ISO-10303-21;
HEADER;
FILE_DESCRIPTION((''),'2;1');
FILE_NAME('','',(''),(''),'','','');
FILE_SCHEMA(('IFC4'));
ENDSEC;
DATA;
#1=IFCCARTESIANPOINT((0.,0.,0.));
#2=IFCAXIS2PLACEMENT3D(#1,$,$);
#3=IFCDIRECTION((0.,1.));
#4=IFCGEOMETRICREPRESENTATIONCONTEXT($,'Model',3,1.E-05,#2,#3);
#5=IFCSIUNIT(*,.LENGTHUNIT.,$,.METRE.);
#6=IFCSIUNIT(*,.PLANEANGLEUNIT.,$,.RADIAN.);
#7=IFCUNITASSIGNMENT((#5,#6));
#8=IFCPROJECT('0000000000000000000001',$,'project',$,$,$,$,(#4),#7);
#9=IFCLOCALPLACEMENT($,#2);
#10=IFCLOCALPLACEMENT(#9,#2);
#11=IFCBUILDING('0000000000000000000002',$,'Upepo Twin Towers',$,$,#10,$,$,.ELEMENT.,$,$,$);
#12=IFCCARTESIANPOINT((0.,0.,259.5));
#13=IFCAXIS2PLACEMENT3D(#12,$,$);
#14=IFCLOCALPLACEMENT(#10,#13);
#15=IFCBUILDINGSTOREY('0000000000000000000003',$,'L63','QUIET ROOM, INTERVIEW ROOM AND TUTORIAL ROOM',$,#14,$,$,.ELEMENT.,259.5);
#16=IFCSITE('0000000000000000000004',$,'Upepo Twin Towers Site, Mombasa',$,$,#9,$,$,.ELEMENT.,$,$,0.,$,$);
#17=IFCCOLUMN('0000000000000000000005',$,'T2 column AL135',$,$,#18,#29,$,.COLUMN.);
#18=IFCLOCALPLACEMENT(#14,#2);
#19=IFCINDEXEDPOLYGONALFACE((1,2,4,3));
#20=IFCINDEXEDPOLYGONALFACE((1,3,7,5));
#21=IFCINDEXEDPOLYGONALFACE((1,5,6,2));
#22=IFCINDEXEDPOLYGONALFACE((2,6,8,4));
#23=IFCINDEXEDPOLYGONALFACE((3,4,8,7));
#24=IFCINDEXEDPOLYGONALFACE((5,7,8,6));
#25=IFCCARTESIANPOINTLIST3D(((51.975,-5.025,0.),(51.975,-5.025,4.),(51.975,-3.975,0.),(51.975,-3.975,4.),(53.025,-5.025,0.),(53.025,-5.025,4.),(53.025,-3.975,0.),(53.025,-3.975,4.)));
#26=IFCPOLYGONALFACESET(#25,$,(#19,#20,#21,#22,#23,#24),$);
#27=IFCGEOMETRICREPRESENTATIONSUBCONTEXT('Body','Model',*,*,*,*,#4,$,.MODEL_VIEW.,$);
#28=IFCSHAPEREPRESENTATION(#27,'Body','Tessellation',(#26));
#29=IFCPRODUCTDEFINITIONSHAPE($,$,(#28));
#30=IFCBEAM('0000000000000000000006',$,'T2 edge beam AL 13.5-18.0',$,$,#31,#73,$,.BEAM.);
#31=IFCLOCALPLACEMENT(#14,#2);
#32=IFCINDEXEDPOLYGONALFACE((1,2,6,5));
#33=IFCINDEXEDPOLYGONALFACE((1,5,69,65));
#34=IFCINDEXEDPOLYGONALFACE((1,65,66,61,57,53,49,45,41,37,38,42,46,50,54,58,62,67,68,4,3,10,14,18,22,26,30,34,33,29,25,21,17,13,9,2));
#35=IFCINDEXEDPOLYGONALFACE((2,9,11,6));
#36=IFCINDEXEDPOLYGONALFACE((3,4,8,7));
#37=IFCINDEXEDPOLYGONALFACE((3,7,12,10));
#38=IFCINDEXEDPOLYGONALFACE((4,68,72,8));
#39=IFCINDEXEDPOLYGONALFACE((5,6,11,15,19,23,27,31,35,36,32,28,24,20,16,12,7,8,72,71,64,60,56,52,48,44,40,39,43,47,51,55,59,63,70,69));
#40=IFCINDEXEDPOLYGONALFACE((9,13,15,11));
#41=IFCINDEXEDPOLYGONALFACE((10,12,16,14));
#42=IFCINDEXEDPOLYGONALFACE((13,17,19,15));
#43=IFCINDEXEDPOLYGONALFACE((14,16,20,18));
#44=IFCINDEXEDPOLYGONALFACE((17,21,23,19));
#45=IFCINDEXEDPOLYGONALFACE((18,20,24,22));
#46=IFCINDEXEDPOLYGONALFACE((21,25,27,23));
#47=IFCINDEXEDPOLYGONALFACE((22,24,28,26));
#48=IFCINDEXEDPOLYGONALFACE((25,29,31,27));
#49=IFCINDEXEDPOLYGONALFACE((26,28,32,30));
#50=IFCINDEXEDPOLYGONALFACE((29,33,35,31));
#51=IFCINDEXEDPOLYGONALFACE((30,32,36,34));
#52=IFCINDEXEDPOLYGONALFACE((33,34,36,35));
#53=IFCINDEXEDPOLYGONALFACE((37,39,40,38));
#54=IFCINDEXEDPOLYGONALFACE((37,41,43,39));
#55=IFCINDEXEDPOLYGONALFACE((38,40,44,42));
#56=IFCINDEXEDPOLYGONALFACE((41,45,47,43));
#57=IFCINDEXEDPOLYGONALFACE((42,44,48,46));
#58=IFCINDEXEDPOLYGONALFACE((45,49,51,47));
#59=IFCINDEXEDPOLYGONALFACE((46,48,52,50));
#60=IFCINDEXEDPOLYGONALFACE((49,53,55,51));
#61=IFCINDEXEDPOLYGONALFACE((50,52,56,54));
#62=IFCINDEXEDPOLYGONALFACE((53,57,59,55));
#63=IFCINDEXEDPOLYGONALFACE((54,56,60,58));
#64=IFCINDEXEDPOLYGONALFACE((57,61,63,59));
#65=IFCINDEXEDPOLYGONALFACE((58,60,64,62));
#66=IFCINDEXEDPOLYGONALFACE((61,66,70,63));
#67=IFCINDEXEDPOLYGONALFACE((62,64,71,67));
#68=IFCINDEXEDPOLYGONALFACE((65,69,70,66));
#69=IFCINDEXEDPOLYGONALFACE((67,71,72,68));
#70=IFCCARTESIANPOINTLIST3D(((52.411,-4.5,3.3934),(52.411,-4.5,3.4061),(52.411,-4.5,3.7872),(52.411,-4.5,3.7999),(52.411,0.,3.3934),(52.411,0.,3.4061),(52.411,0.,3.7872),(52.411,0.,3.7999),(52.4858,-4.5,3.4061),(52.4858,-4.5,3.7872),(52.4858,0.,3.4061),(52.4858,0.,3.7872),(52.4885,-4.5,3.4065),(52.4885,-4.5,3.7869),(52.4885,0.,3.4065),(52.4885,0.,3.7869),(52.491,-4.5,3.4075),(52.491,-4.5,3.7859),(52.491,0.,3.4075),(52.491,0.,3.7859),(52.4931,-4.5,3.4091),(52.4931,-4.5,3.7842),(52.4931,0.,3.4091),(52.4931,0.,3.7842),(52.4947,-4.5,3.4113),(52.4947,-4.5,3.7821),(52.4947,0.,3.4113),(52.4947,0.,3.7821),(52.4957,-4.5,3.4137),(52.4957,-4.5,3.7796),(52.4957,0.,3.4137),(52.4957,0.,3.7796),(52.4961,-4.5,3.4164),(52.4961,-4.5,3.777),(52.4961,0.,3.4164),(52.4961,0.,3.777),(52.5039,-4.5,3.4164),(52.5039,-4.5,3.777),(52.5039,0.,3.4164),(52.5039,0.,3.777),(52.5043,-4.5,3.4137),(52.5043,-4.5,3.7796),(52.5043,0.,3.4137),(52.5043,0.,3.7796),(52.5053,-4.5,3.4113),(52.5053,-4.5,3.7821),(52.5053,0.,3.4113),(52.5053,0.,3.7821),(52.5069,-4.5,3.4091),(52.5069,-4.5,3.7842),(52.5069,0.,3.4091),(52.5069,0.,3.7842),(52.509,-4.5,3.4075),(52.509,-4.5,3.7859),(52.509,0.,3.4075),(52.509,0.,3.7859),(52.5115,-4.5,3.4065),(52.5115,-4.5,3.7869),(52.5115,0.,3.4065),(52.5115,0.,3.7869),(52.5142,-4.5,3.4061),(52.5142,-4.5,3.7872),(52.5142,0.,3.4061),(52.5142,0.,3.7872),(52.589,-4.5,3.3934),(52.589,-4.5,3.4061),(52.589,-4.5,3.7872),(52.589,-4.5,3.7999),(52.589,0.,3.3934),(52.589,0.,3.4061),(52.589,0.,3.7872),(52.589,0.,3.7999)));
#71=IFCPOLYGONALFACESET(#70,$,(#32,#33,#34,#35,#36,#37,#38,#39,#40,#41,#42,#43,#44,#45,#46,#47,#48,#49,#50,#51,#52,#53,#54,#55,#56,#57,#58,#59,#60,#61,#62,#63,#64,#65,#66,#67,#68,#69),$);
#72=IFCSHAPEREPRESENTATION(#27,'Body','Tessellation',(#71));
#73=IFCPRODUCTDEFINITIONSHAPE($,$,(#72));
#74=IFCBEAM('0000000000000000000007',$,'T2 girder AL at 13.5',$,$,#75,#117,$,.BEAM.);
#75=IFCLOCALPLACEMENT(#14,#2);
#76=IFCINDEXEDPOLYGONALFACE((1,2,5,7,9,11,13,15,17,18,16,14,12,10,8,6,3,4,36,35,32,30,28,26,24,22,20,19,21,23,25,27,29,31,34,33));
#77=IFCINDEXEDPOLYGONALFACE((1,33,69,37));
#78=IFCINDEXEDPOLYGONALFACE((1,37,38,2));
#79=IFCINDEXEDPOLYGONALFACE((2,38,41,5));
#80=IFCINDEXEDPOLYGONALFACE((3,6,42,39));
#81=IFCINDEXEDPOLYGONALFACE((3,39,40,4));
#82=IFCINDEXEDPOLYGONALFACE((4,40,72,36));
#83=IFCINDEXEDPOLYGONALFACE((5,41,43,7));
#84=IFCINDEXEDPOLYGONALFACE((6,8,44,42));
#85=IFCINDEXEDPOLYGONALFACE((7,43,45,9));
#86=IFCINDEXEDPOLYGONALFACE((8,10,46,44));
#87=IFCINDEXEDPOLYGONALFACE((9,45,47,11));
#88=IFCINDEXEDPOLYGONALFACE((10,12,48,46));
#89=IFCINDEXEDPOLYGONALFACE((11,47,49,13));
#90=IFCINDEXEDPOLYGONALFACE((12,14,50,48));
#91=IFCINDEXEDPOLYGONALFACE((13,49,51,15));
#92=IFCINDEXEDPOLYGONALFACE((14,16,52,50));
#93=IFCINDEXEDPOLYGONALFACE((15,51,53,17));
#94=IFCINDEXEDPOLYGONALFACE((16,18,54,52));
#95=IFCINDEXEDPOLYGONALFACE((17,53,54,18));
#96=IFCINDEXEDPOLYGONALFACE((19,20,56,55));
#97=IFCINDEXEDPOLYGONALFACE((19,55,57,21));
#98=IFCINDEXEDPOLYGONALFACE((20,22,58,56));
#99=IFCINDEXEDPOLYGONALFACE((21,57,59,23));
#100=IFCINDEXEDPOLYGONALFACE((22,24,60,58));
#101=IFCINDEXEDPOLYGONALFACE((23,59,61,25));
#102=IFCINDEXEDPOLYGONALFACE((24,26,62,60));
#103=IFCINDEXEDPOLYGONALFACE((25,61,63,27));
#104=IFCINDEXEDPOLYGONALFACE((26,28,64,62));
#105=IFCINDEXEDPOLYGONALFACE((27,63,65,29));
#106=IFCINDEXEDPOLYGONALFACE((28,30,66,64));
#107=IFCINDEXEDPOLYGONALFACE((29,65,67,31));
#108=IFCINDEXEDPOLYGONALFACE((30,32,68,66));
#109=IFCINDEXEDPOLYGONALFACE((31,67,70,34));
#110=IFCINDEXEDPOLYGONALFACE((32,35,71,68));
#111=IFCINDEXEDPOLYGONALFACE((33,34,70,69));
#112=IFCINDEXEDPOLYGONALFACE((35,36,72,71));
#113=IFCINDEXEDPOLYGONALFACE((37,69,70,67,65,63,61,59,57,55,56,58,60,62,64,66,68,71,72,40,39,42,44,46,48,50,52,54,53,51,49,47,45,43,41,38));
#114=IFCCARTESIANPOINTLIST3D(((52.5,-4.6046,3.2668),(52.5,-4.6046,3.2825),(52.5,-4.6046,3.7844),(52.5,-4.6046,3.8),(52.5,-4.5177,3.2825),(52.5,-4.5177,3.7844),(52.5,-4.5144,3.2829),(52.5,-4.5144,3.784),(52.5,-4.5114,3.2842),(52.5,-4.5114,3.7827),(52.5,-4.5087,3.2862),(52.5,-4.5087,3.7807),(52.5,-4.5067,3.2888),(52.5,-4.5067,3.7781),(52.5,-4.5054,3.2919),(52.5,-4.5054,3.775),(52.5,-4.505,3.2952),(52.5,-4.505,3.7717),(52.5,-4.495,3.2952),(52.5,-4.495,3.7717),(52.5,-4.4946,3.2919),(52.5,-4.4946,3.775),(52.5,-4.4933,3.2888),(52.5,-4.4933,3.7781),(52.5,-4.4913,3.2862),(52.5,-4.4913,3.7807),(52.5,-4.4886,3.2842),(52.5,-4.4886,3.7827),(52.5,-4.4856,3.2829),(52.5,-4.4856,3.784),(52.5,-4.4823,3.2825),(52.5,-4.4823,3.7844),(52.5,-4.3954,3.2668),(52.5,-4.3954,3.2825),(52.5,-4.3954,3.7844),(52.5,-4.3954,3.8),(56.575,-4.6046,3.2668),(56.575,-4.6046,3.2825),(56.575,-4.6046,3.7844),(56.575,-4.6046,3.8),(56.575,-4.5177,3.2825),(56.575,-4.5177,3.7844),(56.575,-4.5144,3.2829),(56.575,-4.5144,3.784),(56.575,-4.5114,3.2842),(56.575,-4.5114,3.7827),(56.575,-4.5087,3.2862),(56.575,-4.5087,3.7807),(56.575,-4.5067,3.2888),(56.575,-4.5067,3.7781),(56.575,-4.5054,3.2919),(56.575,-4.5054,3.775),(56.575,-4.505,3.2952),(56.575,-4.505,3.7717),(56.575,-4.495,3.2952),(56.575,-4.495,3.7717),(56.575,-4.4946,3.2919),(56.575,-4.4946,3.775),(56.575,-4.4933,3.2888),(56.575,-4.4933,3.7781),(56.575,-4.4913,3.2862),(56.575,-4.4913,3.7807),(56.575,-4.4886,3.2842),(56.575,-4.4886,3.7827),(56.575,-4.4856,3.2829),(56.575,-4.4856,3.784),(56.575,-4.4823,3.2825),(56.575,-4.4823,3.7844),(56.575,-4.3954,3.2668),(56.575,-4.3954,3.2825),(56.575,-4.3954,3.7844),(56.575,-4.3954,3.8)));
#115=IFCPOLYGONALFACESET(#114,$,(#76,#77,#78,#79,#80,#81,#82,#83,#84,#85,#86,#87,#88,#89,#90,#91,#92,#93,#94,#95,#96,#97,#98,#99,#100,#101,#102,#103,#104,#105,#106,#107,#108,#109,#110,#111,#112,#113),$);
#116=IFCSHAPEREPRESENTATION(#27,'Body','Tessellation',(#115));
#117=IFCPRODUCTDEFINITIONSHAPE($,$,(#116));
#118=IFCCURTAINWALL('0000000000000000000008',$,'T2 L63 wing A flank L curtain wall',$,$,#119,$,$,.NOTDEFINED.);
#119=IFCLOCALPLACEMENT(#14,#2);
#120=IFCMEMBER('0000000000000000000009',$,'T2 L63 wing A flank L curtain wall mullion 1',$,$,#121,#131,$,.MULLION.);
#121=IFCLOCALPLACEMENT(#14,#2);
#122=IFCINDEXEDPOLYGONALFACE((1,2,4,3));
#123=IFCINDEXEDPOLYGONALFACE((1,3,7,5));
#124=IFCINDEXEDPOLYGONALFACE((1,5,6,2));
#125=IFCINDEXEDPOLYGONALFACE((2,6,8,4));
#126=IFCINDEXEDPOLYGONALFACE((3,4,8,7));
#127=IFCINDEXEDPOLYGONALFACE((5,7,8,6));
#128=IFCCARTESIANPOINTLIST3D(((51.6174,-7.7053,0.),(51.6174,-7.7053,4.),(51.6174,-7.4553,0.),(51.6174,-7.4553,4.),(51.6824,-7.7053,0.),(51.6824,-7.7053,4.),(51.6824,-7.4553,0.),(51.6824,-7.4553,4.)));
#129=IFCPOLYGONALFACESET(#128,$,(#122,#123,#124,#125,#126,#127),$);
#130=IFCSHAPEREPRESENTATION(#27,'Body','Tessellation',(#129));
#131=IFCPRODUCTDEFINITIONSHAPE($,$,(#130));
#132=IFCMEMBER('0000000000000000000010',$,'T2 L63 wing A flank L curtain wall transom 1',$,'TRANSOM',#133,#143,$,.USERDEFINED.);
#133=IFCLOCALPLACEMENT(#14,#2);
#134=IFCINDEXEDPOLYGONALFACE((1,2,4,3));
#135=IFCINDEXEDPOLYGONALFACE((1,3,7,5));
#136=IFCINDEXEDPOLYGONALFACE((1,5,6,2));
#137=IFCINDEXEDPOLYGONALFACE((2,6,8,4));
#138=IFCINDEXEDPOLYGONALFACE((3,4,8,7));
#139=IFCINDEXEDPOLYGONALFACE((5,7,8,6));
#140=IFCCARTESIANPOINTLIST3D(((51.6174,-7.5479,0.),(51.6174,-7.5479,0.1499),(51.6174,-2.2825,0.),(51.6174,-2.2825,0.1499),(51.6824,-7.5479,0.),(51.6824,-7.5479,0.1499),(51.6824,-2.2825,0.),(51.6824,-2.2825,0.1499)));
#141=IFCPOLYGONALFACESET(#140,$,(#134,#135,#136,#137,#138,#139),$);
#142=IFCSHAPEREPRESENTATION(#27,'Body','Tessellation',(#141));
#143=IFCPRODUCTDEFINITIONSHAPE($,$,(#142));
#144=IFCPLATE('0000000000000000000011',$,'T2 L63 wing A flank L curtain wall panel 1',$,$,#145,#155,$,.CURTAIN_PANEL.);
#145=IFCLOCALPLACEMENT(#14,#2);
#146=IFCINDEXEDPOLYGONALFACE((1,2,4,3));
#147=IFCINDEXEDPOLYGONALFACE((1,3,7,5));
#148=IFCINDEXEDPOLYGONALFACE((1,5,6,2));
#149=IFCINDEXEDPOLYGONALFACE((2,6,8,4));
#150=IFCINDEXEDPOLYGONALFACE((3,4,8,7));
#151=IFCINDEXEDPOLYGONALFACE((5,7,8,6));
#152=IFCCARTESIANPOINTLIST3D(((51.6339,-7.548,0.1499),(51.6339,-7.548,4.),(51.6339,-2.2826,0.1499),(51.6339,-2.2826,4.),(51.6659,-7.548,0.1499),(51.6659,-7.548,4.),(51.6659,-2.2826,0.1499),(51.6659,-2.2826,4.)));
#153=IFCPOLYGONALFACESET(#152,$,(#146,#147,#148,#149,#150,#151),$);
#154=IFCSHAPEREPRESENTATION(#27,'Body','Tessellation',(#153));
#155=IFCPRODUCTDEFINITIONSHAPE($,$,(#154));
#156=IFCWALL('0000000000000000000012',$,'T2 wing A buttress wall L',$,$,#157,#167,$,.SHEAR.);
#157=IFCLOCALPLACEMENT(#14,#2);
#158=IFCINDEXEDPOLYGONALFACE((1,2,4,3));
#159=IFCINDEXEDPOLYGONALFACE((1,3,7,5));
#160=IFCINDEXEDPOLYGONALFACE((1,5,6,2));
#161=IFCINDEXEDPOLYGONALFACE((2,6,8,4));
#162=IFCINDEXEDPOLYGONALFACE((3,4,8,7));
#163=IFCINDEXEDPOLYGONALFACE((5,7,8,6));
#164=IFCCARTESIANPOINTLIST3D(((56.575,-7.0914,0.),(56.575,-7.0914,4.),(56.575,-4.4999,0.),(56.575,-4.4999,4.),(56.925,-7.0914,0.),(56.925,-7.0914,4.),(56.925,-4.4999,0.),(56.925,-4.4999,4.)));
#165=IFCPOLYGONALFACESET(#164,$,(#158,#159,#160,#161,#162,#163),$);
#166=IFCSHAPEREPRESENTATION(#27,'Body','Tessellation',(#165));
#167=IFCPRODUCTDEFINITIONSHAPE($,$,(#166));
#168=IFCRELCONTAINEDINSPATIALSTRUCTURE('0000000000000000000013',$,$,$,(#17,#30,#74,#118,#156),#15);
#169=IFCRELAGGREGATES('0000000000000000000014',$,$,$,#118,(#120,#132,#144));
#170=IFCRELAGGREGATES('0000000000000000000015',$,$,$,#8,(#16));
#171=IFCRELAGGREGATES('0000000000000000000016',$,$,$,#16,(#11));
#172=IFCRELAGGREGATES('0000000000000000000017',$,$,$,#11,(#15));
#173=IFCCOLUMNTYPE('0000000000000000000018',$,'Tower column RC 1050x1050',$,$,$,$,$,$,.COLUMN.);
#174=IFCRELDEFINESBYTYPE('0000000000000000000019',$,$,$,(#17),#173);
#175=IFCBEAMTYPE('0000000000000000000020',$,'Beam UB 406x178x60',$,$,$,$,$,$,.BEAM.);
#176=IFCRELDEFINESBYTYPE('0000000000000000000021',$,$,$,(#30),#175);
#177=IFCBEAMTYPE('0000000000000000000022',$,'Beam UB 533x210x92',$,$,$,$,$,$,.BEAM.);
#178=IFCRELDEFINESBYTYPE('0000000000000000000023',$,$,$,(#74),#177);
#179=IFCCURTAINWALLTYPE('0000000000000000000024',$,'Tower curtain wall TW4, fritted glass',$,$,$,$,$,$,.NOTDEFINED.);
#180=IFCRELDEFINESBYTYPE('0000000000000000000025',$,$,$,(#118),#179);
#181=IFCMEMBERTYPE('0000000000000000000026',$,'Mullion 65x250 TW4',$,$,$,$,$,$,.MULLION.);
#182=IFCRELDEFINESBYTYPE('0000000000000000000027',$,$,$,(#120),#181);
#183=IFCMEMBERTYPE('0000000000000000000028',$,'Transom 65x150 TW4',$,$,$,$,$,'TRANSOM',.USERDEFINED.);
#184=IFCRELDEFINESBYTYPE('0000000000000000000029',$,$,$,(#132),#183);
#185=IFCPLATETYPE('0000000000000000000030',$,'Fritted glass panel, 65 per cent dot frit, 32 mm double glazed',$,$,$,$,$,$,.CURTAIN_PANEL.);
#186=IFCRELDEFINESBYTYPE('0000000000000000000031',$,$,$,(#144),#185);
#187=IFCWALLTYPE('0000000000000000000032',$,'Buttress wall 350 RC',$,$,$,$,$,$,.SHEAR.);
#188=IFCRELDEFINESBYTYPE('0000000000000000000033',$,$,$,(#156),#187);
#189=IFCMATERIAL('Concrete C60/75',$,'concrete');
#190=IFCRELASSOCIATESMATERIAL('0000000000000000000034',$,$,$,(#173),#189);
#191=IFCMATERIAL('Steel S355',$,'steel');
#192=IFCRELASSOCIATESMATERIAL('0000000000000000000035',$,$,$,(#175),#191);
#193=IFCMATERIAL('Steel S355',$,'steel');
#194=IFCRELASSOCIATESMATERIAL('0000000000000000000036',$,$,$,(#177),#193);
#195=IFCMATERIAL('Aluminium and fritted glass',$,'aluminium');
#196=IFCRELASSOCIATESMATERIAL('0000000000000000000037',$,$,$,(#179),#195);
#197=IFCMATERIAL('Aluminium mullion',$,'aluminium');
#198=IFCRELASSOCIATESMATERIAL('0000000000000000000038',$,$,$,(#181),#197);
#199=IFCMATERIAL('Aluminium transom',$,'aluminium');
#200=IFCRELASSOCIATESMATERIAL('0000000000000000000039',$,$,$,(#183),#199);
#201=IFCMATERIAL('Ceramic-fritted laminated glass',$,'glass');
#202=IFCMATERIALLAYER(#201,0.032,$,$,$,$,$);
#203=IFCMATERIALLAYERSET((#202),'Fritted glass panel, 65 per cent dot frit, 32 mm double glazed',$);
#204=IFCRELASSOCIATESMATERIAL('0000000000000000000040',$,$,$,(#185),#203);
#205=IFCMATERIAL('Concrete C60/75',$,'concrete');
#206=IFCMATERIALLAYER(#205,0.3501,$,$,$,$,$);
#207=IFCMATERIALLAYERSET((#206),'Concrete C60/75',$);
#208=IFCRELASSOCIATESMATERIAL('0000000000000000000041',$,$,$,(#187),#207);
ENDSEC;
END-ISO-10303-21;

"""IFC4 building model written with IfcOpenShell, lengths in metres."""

from ifc_helpers import new_model, si_unit, direction, frame, frame_2d, origin, origin_2d, place, context, subcontext, project, spatial, rectangle, i_section, extrude, material, layer, layer_set, material_profile, profile_set, type_object, element, aggregate, save


model = new_model("IFC4")

# Units and contexts
model_context = context("Model", 3, precision=1e-05, world=origin(), true_north=direction((0.0, 1.0)))
body_context = subcontext(model_context, "Body", "Model", "MODEL_VIEW")
ifc_project = project(units=[si_unit("LENGTHUNIT", "METRE"), si_unit("PLANEANGLEUNIT", "RADIAN")], contexts=[model_context])

# Site, building, storey
site_placement = place(None, origin())
site = spatial("IfcSite", under=ifc_project, at=site_placement, Name="Upepo Twin Towers Site, Mombasa", CompositionType="ELEMENT", RefElevation=0.0)
building_placement = place(site_placement, origin())
building = spatial("IfcBuilding", under=site, at=building_placement, Name="Upepo Twin Towers", CompositionType="ELEMENT")
storey_placement = place(building_placement, frame((0.0, 0.0, 259.5)))
storey = spatial("IfcBuildingStorey", under=building, at=storey_placement, Name="L63", Description="QUIET ROOM, INTERVIEW ROOM AND TUTORIAL ROOM", CompositionType="ELEMENT", Elevation=259.5)

# Column
ifc_material_1 = material(Name="Concrete C60/75", Category="concrete")
ifc_material_profile_1 = material_profile(ifc_material_1, rectangle(XDim=1.05, YDim=1.05, at=origin_2d()), Name="RC 1050x1050")
ifc_profile_set_1 = profile_set([ifc_material_profile_1], Name="Concrete C60/75")
column_type = type_object("IfcColumnType", Name="Tower column RC 1050x1050", PredefinedType="COLUMN", material=ifc_profile_set_1)
column_placement = place(storey_placement, frame((52.5, -4.5, 0.0), z_axis=(0.0, 0.0, 1.0), x_axis=(1.0, 0.0, 0.0)))
element("IfcColumn", 1, at=column_placement, inside=storey, type_object=column_type, Name="T2 column AL135", PredefinedType="COLUMN", context=body_context, shape_type="SweptSolid", body=[
    extrude(rectangle(XDim=1.05, YDim=1.05, at=origin_2d()), origin(), (0.0, 0.0, 1.0), 4.0),
])

# Beams
ifc_material_2 = material(Name="Steel S355", Category="steel")
ifc_material_profile_2 = material_profile(ifc_material_2, i_section(OverallWidth=0.178, OverallDepth=0.4065, WebThickness=0.0078, FlangeThickness=0.0127, FilletRadius=0.0103, at=origin_2d()), Name="UB 406x178x60")
ifc_profile_set_2 = profile_set([ifc_material_profile_2], Name="Steel S355")
beam_type_1 = type_object("IfcBeamType", Name="Beam UB 406x178x60", PredefinedType="BEAM", material=ifc_profile_set_2)
beam_1_placement = place(storey_placement, frame((52.5, -4.5, 3.5967), z_axis=(0.0, 1.0, 0.0), x_axis=(-1.0, 0.0, 0.0)))
element("IfcBeam", 2, at=beam_1_placement, inside=storey, type_object=beam_type_1, Name="T2 edge beam AL 13.5-18.0", PredefinedType="BEAM", context=body_context, shape_type="SweptSolid", body=[
    extrude(i_section(OverallWidth=0.178, OverallDepth=0.4065, WebThickness=0.0078, FlangeThickness=0.0127, FilletRadius=0.0103, at=origin_2d()), origin(), (0.0, 0.0, 1.0), 4.5),
])
ifc_material_3 = material(Name="Steel S355", Category="steel")
ifc_material_profile_3 = material_profile(ifc_material_3, i_section(OverallWidth=0.2092, OverallDepth=0.5332, WebThickness=0.01, FlangeThickness=0.0156, FilletRadius=0.0127, at=origin_2d()), Name="UB 533x210x92")
ifc_profile_set_3 = profile_set([ifc_material_profile_3], Name="Steel S355")
beam_type_2 = type_object("IfcBeamType", Name="Beam UB 533x210x92", PredefinedType="BEAM", material=ifc_profile_set_3)
beam_2_placement = place(storey_placement, frame((52.5, -4.5, 3.5334), z_axis=(1.0, 0.0, 0.0), x_axis=(0.0, 1.0, 0.0)))
element("IfcBeam", 3, at=beam_2_placement, inside=storey, type_object=beam_type_2, Name="T2 girder AL at 13.5", PredefinedType="BEAM", context=body_context, shape_type="SweptSolid", body=[
    extrude(i_section(OverallWidth=0.2092, OverallDepth=0.5332, WebThickness=0.01, FlangeThickness=0.0156, FilletRadius=0.0127, at=origin_2d()), origin(), (0.0, 0.0, 1.0), 4.075),
])

# Curtain wall, members, plate
ifc_material_4 = material(Name="Aluminium and fritted glass", Category="aluminium")
curtain_wall_type = type_object("IfcCurtainWallType", Name="Tower curtain wall TW4, fritted glass", PredefinedType="NOTDEFINED", material=ifc_material_4)
curtain_wall_placement = place(storey_placement, origin())
curtain_wall = element("IfcCurtainWall", 4, at=curtain_wall_placement, inside=storey, type_object=curtain_wall_type, Name="T2 L63 wing A flank L curtain wall", PredefinedType="NOTDEFINED")
ifc_material_5 = material(Name="Aluminium mullion", Category="aluminium")
ifc_material_profile_4 = material_profile(ifc_material_5, rectangle(XDim=0.0649, YDim=0.25, at=origin_2d()), Name="MULLION 65x250")
ifc_profile_set_4 = profile_set([ifc_material_profile_4], Name="Aluminium mullion")
member_type_1 = type_object("IfcMemberType", Name="Mullion 65x250 TW4", PredefinedType="MULLION", material=ifc_profile_set_4)
member_1_placement = place(storey_placement, frame((51.6499, -7.5803, 0.0), z_axis=(0.0, 0.0, 1.0), x_axis=(-1.0, 0.0, 0.0)))
member_1 = element("IfcMember", 5, at=member_1_placement, type_object=member_type_1, Name="T2 L63 wing A flank L curtain wall mullion 1", PredefinedType="MULLION", context=body_context, shape_type="SweptSolid", body=[
    extrude(rectangle(XDim=0.0649, YDim=0.25, at=origin_2d()), origin(), (0.0, 0.0, 1.0), 4.0),
])
ifc_material_6 = material(Name="Aluminium transom", Category="aluminium")
ifc_material_profile_5 = material_profile(ifc_material_6, rectangle(XDim=0.0649, YDim=0.1499, at=origin_2d()), Name="TRANSOM 65x150")
ifc_profile_set_5 = profile_set([ifc_material_profile_5], Name="Aluminium transom")
member_type_2 = type_object("IfcMemberType", Name="Transom 65x150 TW4", ElementType="TRANSOM", PredefinedType="USERDEFINED", material=ifc_profile_set_5)
member_2_placement = place(storey_placement, frame((51.6499, -7.5479, 0.075), z_axis=(0.0, 1.0, 0.0), x_axis=(-1.0, 0.0, 0.0)))
member_2 = element("IfcMember", 6, at=member_2_placement, type_object=member_type_2, Name="T2 L63 wing A flank L curtain wall transom 1", ObjectType="TRANSOM", PredefinedType="USERDEFINED", context=body_context, shape_type="SweptSolid", body=[
    extrude(rectangle(XDim=0.0649, YDim=0.1499, at=origin_2d()), origin(), (0.0, 0.0, 1.0), 5.2654),
])
ifc_material_7 = material(Name="Ceramic-fritted laminated glass", Category="glass")
ifc_layer_1 = layer(ifc_material_7, 0.032)
ifc_layer_set_1 = layer_set([ifc_layer_1], Name="Fritted glass panel, 65 per cent dot frit, 32 mm double glazed")
plate_type = type_object("IfcPlateType", Name="Fritted glass panel, 65 per cent dot frit, 32 mm double glazed", PredefinedType="CURTAIN_PANEL", material=ifc_layer_set_1)
plate_placement = place(storey_placement, frame((51.6499, -4.9153, 0.1499), z_axis=(0.0, 0.0, 1.0), x_axis=(0.0, 1.0, 0.0)))
plate = element("IfcPlate", 7, at=plate_placement, type_object=plate_type, Name="T2 L63 wing A flank L curtain wall panel 1", PredefinedType="CURTAIN_PANEL", context=body_context, shape_type="SweptSolid", body=[
    extrude(rectangle(XDim=5.2654, YDim=0.032, at=origin_2d()), origin(), (0.0, 0.0, 1.0), 3.8501),
])
aggregate(curtain_wall, [member_1, member_2, plate])

# Wall
ifc_material_8 = material(Name="Concrete C60/75", Category="concrete")
ifc_layer_2 = layer(ifc_material_8, 0.3501)
ifc_layer_set_2 = layer_set([ifc_layer_2], Name="Concrete C60/75")
wall_type_1 = type_object("IfcWallType", Name="Buttress wall 350 RC", PredefinedType="SHEAR", material=ifc_layer_set_2)
wall_1_placement = place(storey_placement, frame((56.75, -7.0916, 0.0), z_axis=(0.0, 0.0, 1.0), x_axis=(0.0, 1.0, 0.0)))
element("IfcWall", 8, at=wall_1_placement, inside=storey, type_object=wall_type_1, Name="T2 wing A buttress wall L", PredefinedType="SHEAR", context=body_context, shape_type="SweptSolid", body=[
    extrude(rectangle(XDim=2.5916, YDim=0.3501, at=frame_2d((1.2959, 0.0))), origin(), (0.0, 0.0, 1.0), 4.0),
])

save(model, "model.ifc")
